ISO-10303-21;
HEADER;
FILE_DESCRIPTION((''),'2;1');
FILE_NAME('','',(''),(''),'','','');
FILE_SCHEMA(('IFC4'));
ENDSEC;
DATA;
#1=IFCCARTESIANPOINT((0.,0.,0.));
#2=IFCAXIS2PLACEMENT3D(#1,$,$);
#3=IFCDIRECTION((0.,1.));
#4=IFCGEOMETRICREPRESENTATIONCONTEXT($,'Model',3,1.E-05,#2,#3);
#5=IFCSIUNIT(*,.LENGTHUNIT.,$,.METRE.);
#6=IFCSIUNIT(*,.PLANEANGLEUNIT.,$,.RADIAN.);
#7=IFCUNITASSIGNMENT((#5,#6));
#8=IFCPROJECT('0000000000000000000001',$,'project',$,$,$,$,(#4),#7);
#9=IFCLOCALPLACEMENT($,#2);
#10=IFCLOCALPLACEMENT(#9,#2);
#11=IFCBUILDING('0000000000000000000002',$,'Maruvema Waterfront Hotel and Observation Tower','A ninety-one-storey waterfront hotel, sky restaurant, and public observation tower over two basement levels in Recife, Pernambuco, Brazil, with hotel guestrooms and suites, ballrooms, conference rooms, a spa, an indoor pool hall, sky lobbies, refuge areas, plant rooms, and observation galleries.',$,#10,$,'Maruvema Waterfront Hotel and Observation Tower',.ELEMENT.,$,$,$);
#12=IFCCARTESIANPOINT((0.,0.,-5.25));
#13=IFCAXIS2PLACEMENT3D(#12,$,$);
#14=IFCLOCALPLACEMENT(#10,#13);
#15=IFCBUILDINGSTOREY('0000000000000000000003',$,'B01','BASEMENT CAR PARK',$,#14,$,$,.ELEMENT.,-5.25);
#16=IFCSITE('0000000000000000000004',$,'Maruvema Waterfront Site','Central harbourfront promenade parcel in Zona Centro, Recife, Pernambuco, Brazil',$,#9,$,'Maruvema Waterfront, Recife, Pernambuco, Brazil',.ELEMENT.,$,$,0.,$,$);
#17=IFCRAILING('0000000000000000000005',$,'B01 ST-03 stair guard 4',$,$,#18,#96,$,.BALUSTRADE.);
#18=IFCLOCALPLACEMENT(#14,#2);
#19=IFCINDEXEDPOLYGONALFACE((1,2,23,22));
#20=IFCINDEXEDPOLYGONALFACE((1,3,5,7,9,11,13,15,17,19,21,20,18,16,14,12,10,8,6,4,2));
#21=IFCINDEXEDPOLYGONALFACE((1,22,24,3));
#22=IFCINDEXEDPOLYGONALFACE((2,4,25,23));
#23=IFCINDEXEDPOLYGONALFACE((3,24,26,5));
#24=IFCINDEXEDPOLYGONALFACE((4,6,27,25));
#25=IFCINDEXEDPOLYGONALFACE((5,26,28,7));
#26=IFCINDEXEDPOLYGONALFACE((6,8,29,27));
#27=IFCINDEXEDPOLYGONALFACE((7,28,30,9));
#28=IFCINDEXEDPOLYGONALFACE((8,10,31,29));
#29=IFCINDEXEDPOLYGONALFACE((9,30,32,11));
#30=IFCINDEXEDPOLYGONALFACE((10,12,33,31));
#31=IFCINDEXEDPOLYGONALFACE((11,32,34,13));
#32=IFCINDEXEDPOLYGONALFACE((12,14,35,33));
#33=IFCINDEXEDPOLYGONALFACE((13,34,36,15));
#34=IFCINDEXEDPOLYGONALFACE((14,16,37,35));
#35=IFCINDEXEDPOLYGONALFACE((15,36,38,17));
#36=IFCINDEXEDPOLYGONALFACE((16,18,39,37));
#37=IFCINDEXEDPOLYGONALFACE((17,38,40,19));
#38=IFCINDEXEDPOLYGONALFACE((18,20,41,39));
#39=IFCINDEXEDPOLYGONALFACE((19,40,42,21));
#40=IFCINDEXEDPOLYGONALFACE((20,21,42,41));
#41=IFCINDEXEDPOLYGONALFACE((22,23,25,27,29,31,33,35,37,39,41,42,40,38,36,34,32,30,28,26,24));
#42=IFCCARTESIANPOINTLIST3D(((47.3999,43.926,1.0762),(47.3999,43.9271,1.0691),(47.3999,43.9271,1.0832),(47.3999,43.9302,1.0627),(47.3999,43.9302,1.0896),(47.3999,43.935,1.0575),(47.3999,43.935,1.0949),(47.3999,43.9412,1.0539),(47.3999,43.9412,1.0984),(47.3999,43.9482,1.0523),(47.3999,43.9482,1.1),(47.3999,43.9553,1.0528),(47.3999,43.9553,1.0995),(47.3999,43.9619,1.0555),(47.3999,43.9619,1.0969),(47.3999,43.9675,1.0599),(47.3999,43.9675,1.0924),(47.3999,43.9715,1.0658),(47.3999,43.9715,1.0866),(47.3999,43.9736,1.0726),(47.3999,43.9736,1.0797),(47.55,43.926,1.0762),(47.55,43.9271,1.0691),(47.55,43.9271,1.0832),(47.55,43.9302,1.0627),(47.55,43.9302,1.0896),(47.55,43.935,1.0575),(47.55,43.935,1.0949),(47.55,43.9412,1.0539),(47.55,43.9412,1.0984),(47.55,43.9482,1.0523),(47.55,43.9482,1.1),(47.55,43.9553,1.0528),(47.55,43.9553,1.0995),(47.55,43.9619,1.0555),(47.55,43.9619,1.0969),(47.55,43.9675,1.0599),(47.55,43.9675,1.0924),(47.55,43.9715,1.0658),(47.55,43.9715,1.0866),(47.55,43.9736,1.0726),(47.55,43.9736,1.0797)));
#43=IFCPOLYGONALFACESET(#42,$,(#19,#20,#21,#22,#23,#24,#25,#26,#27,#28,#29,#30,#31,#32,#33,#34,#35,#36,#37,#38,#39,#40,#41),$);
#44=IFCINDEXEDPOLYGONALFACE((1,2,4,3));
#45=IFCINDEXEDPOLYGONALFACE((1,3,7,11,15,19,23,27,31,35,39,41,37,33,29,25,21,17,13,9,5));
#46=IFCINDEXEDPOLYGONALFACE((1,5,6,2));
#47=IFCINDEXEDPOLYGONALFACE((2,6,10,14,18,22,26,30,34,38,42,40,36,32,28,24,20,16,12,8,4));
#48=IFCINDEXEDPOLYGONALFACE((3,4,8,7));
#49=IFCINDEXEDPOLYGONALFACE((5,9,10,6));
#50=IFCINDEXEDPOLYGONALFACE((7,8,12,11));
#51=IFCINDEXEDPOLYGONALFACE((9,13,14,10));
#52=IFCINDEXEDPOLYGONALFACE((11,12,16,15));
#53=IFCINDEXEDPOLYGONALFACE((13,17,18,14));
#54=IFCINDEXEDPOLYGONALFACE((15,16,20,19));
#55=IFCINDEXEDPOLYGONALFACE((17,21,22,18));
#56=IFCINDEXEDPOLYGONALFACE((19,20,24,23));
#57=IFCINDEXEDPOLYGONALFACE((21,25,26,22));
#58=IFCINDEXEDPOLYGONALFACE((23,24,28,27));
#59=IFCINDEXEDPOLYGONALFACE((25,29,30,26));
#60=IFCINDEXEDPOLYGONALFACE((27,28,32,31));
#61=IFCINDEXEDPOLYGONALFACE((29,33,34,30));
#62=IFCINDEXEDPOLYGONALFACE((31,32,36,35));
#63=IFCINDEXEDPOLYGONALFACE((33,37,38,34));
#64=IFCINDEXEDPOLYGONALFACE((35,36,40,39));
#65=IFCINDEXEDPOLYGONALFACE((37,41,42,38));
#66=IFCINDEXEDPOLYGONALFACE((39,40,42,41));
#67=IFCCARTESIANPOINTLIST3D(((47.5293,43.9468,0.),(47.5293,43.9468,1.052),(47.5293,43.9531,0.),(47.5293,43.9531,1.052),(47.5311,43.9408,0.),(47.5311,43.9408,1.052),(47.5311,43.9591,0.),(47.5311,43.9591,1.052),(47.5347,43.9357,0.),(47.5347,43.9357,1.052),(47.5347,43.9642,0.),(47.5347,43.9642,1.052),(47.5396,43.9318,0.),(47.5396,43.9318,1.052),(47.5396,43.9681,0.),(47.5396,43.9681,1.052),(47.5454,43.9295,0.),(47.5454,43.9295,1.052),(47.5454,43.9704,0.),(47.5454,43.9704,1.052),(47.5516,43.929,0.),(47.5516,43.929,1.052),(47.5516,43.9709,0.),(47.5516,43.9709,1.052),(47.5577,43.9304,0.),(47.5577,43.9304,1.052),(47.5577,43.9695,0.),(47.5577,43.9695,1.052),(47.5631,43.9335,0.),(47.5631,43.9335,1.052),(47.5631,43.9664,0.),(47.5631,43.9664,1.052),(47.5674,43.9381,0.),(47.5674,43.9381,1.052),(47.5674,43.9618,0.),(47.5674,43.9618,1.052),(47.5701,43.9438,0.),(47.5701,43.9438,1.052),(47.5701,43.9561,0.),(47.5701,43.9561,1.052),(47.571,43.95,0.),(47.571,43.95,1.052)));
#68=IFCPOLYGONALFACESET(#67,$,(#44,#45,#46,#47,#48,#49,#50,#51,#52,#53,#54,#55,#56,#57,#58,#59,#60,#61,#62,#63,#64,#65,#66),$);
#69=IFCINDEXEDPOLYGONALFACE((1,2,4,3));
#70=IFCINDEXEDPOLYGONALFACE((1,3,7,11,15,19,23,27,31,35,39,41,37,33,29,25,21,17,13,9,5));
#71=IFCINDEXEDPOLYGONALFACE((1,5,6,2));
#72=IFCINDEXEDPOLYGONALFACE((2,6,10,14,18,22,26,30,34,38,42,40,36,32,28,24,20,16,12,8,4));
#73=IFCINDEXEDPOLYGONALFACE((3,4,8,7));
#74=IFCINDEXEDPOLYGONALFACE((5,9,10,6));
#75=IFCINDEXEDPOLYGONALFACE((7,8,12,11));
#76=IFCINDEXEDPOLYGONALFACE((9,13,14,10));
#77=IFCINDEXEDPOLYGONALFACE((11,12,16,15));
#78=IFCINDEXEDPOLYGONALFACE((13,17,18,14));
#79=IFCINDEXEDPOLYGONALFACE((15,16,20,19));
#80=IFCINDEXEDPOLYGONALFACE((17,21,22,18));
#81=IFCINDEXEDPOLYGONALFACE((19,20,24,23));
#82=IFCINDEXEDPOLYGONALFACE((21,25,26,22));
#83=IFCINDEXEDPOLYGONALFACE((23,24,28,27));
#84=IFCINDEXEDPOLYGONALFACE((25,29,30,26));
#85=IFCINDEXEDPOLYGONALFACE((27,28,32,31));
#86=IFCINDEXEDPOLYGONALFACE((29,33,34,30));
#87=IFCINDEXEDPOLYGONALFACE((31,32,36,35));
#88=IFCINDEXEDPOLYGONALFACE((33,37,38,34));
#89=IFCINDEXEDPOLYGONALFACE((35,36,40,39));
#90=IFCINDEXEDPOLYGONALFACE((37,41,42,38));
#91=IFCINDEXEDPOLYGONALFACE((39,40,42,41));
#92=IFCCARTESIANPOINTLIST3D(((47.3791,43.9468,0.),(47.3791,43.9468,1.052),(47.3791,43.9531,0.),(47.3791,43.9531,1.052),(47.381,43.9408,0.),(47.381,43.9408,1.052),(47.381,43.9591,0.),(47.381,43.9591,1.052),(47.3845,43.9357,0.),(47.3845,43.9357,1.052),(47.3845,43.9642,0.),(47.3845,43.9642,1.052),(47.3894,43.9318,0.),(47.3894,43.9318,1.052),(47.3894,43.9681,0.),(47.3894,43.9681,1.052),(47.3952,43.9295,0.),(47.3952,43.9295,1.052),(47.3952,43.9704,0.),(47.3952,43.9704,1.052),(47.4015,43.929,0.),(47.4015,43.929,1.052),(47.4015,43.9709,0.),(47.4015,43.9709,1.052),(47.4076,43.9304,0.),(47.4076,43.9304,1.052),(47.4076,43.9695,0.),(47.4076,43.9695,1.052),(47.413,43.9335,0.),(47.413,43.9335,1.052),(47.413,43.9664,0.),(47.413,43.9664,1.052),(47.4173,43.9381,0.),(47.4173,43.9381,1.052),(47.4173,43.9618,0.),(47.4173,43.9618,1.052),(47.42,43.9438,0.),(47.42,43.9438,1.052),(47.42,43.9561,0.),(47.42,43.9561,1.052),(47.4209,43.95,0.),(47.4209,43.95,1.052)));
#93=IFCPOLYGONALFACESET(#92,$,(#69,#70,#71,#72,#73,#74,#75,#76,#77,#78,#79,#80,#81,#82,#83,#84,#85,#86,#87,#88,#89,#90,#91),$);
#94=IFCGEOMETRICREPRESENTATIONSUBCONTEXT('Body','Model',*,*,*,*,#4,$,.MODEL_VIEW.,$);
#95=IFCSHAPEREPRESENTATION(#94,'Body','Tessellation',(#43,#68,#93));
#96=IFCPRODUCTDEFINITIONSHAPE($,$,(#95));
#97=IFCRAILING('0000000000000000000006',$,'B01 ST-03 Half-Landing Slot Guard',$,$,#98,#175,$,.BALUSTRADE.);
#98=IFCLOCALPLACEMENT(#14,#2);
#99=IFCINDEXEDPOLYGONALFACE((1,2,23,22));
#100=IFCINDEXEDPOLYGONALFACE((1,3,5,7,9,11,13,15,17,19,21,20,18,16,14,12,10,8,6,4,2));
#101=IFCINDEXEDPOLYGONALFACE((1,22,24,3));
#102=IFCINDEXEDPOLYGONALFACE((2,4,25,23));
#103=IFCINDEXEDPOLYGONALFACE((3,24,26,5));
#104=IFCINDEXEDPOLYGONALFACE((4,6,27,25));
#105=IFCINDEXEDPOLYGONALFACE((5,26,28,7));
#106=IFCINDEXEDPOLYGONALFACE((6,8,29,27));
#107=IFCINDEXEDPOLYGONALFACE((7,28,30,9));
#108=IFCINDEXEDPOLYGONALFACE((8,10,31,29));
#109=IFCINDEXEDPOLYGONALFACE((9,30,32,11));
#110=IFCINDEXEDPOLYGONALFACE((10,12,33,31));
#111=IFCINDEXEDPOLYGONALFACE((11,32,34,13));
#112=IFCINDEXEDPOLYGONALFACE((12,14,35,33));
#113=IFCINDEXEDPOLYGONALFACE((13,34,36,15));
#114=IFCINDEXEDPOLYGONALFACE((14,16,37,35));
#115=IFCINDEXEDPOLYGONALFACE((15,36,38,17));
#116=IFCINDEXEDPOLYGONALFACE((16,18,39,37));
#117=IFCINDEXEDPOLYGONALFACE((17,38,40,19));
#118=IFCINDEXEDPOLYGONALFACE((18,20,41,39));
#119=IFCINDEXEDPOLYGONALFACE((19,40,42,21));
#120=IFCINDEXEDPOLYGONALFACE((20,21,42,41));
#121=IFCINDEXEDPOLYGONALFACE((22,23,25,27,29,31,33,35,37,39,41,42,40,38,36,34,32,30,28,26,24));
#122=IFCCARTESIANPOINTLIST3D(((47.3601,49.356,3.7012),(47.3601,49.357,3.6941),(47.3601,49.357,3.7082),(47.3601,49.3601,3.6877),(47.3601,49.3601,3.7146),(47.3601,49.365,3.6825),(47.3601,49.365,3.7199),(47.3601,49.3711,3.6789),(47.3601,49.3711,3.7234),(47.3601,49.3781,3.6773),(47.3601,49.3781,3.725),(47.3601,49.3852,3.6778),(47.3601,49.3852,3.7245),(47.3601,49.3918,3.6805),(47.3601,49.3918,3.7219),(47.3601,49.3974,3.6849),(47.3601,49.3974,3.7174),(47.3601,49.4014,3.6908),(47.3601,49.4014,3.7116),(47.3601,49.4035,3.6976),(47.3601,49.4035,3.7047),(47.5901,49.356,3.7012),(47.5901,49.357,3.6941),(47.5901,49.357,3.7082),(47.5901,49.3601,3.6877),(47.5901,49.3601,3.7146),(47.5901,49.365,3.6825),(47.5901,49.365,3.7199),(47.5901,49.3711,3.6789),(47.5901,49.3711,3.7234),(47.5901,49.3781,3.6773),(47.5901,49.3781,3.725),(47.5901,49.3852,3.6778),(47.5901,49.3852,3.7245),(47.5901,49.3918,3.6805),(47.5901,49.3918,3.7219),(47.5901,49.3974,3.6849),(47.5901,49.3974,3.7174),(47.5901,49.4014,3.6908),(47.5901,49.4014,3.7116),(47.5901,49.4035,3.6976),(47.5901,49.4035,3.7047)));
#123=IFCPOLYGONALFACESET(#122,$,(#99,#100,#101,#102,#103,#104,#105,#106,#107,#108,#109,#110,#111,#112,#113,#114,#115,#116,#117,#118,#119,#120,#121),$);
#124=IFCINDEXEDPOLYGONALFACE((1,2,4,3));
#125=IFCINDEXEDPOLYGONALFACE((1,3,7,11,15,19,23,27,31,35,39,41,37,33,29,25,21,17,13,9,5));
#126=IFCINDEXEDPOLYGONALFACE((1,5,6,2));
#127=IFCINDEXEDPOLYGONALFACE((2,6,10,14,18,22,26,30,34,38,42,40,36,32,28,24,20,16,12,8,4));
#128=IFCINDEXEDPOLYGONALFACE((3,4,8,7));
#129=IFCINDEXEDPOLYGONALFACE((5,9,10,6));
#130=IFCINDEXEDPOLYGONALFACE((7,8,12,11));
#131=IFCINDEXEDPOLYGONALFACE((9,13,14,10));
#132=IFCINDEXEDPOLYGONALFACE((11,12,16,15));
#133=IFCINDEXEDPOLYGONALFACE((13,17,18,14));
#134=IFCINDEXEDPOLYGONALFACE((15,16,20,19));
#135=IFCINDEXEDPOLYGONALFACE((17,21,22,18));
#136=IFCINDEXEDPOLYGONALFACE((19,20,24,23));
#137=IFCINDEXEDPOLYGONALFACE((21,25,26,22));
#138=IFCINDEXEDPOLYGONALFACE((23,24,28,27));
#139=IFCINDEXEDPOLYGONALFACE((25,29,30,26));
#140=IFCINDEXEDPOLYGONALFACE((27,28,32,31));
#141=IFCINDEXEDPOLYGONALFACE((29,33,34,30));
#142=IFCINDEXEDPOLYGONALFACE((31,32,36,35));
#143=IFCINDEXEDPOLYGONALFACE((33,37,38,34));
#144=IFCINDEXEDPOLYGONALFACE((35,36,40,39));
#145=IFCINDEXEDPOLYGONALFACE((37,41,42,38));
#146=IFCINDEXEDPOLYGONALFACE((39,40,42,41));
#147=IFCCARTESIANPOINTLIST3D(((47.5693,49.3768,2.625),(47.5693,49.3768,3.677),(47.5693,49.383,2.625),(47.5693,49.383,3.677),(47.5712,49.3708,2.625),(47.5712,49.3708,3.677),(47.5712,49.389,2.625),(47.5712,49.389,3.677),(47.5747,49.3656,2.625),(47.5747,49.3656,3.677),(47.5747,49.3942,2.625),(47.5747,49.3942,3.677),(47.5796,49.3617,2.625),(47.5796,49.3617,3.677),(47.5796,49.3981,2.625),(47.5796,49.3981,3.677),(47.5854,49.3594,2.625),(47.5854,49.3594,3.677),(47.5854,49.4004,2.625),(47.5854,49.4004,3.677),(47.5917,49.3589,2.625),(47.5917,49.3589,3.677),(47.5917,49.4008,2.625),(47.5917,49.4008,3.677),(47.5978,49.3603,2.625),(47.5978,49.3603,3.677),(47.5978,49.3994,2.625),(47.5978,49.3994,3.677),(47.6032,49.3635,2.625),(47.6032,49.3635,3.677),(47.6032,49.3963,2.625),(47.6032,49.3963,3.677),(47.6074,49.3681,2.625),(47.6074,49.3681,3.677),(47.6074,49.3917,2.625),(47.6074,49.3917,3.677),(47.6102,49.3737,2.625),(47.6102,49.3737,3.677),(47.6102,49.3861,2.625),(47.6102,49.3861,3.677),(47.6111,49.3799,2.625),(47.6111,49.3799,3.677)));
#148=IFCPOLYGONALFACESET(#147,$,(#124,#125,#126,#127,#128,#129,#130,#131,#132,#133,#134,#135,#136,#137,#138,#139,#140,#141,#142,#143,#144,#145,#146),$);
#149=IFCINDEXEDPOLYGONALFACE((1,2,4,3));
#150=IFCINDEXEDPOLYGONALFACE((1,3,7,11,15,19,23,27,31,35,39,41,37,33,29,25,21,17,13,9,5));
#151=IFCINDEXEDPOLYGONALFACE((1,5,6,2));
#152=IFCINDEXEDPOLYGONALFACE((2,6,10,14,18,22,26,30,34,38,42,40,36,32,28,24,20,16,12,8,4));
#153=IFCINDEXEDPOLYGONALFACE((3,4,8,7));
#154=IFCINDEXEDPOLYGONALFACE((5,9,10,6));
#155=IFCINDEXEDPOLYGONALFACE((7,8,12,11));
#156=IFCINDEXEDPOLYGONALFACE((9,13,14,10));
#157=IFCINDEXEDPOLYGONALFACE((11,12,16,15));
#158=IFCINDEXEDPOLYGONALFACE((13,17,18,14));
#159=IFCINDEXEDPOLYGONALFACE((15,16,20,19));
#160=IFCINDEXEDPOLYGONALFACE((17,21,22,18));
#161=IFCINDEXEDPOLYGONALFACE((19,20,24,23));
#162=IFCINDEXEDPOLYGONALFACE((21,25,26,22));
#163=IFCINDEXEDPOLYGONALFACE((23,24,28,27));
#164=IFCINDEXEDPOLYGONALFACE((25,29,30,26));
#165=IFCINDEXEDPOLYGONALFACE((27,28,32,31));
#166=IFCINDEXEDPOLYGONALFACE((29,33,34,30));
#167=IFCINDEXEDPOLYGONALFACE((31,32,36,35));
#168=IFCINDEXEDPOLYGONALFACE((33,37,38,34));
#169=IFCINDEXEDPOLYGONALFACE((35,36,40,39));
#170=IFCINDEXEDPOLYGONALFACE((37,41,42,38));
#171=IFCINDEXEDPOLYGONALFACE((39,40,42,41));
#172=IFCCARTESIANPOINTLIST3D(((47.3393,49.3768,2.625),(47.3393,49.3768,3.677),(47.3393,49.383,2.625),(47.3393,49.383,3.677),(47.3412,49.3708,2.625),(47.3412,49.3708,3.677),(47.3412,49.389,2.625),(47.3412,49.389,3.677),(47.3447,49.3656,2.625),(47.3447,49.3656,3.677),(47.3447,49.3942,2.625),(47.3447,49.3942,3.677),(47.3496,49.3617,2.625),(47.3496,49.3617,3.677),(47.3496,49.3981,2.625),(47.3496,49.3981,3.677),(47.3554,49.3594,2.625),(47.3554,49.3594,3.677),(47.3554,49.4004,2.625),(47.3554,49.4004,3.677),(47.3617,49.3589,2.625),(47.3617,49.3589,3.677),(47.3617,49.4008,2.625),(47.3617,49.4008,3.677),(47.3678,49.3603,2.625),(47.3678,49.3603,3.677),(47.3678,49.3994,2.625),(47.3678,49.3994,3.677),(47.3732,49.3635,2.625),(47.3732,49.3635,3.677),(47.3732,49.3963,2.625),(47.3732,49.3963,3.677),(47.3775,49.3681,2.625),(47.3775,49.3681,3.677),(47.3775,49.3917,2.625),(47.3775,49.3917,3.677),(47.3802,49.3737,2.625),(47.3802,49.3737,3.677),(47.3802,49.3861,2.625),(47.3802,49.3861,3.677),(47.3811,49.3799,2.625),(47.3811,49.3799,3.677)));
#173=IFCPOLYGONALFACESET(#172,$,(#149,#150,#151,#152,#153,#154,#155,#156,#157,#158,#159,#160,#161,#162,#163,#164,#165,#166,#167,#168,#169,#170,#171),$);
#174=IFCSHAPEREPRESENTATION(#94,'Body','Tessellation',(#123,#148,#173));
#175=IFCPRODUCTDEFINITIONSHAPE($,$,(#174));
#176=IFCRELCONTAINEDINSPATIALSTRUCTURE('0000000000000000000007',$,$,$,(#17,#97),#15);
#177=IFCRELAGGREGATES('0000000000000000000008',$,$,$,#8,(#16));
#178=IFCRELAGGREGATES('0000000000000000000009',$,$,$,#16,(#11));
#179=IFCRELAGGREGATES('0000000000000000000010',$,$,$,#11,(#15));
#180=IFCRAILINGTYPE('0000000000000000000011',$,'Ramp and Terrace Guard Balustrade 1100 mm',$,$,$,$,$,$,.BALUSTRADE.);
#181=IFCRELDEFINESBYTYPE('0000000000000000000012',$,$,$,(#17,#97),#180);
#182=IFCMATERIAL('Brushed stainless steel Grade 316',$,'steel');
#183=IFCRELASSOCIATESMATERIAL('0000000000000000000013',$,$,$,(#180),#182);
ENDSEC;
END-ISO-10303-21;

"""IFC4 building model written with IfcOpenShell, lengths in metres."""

from ifc_helpers import new_model, si_unit, direction, frame, origin, origin_2d, place, context, subcontext, project, spatial, circle, extrude, material, type_object, element, save


model = new_model("IFC4")

# Units and contexts
model_context = context("Model", 3, precision=1e-05, world=origin(), true_north=direction((0.0, 1.0)))
body_context = subcontext(model_context, "Body", "Model", "MODEL_VIEW")
ifc_project = project(units=[si_unit("LENGTHUNIT", "METRE"), si_unit("PLANEANGLEUNIT", "RADIAN")], contexts=[model_context])

# Site, building, storey
site_placement = place(None, origin())
site = spatial("IfcSite", under=ifc_project, at=site_placement, Name="Maruvema Waterfront Site", Description="Central harbourfront promenade parcel in Zona Centro, Recife, Pernambuco, Brazil", LongName="Maruvema Waterfront, Recife, Pernambuco, Brazil", CompositionType="ELEMENT", RefElevation=0.0)
building_placement = place(site_placement, origin())
building = spatial("IfcBuilding", under=site, at=building_placement, Name="Maruvema Waterfront Hotel and Observation Tower", Description="A ninety-one-storey waterfront hotel, sky restaurant, and public observation tower over two basement levels in Recife, Pernambuco, Brazil, with hotel guestrooms and suites, ballrooms, conference rooms, a spa, an indoor pool hall, sky lobbies, refuge areas, plant rooms, and observation galleries.", LongName="Maruvema Waterfront Hotel and Observation Tower", CompositionType="ELEMENT")
storey_placement = place(building_placement, frame((0.0, 0.0, -5.25)))
storey = spatial("IfcBuildingStorey", under=building, at=storey_placement, Name="B01", Description="BASEMENT CAR PARK", CompositionType="ELEMENT", Elevation=-5.25)

# Railings
ifc_material_1 = material(Name="Brushed stainless steel Grade 316", Category="steel")
railing_type_1 = type_object("IfcRailingType", Name="Ramp and Terrace Guard Balustrade 1100 mm", PredefinedType="BALUSTRADE", material=ifc_material_1)
railing_1_placement = place(storey_placement, frame((47.55, 43.95, 0.0)))
element("IfcRailing", 1, at=railing_1_placement, inside=storey, type_object=railing_type_1, Name="B01 ST-03 stair guard 4", PredefinedType="BALUSTRADE", context=body_context, shape_type="SweptSolid", body=[
    extrude(circle(Radius=0.0239, at=origin_2d()), frame((0.0, 0.0, 1.0762), z_axis=(-1.0, 0.0, 0.0), x_axis=(0.0, -1.0, 0.0)), (0.0, 0.0, 1.0), 0.1501),
    extrude(circle(Radius=0.021, at=origin_2d()), origin(), (0.0, 0.0, 1.0), 1.052),
    extrude(circle(Radius=0.021, at=origin_2d()), frame((-0.1501, 0.0, 0.0)), (0.0, 0.0, 1.0), 1.052),
])
railing_2_placement = place(storey_placement, frame((47.5901, 49.3799, 2.625)))
element("IfcRailing", 2, at=railing_2_placement, inside=storey, type_object=railing_type_1, Name="B01 ST-03 Half-Landing Slot Guard", PredefinedType="BALUSTRADE", context=body_context, shape_type="SweptSolid", body=[
    extrude(circle(Radius=0.0239, at=origin_2d()), frame((0.0, 0.0, 1.0762), z_axis=(-1.0, 0.0, 0.0), x_axis=(0.0, -1.0, 0.0)), (0.0, 0.0, 1.0), 0.23),
    extrude(circle(Radius=0.021, at=origin_2d()), origin(), (0.0, 0.0, 1.0), 1.052),
    extrude(circle(Radius=0.021, at=origin_2d()), frame((-0.23, 0.0, 0.0)), (0.0, 0.0, 1.0), 1.052),
])

save(model, "model.ifc")
